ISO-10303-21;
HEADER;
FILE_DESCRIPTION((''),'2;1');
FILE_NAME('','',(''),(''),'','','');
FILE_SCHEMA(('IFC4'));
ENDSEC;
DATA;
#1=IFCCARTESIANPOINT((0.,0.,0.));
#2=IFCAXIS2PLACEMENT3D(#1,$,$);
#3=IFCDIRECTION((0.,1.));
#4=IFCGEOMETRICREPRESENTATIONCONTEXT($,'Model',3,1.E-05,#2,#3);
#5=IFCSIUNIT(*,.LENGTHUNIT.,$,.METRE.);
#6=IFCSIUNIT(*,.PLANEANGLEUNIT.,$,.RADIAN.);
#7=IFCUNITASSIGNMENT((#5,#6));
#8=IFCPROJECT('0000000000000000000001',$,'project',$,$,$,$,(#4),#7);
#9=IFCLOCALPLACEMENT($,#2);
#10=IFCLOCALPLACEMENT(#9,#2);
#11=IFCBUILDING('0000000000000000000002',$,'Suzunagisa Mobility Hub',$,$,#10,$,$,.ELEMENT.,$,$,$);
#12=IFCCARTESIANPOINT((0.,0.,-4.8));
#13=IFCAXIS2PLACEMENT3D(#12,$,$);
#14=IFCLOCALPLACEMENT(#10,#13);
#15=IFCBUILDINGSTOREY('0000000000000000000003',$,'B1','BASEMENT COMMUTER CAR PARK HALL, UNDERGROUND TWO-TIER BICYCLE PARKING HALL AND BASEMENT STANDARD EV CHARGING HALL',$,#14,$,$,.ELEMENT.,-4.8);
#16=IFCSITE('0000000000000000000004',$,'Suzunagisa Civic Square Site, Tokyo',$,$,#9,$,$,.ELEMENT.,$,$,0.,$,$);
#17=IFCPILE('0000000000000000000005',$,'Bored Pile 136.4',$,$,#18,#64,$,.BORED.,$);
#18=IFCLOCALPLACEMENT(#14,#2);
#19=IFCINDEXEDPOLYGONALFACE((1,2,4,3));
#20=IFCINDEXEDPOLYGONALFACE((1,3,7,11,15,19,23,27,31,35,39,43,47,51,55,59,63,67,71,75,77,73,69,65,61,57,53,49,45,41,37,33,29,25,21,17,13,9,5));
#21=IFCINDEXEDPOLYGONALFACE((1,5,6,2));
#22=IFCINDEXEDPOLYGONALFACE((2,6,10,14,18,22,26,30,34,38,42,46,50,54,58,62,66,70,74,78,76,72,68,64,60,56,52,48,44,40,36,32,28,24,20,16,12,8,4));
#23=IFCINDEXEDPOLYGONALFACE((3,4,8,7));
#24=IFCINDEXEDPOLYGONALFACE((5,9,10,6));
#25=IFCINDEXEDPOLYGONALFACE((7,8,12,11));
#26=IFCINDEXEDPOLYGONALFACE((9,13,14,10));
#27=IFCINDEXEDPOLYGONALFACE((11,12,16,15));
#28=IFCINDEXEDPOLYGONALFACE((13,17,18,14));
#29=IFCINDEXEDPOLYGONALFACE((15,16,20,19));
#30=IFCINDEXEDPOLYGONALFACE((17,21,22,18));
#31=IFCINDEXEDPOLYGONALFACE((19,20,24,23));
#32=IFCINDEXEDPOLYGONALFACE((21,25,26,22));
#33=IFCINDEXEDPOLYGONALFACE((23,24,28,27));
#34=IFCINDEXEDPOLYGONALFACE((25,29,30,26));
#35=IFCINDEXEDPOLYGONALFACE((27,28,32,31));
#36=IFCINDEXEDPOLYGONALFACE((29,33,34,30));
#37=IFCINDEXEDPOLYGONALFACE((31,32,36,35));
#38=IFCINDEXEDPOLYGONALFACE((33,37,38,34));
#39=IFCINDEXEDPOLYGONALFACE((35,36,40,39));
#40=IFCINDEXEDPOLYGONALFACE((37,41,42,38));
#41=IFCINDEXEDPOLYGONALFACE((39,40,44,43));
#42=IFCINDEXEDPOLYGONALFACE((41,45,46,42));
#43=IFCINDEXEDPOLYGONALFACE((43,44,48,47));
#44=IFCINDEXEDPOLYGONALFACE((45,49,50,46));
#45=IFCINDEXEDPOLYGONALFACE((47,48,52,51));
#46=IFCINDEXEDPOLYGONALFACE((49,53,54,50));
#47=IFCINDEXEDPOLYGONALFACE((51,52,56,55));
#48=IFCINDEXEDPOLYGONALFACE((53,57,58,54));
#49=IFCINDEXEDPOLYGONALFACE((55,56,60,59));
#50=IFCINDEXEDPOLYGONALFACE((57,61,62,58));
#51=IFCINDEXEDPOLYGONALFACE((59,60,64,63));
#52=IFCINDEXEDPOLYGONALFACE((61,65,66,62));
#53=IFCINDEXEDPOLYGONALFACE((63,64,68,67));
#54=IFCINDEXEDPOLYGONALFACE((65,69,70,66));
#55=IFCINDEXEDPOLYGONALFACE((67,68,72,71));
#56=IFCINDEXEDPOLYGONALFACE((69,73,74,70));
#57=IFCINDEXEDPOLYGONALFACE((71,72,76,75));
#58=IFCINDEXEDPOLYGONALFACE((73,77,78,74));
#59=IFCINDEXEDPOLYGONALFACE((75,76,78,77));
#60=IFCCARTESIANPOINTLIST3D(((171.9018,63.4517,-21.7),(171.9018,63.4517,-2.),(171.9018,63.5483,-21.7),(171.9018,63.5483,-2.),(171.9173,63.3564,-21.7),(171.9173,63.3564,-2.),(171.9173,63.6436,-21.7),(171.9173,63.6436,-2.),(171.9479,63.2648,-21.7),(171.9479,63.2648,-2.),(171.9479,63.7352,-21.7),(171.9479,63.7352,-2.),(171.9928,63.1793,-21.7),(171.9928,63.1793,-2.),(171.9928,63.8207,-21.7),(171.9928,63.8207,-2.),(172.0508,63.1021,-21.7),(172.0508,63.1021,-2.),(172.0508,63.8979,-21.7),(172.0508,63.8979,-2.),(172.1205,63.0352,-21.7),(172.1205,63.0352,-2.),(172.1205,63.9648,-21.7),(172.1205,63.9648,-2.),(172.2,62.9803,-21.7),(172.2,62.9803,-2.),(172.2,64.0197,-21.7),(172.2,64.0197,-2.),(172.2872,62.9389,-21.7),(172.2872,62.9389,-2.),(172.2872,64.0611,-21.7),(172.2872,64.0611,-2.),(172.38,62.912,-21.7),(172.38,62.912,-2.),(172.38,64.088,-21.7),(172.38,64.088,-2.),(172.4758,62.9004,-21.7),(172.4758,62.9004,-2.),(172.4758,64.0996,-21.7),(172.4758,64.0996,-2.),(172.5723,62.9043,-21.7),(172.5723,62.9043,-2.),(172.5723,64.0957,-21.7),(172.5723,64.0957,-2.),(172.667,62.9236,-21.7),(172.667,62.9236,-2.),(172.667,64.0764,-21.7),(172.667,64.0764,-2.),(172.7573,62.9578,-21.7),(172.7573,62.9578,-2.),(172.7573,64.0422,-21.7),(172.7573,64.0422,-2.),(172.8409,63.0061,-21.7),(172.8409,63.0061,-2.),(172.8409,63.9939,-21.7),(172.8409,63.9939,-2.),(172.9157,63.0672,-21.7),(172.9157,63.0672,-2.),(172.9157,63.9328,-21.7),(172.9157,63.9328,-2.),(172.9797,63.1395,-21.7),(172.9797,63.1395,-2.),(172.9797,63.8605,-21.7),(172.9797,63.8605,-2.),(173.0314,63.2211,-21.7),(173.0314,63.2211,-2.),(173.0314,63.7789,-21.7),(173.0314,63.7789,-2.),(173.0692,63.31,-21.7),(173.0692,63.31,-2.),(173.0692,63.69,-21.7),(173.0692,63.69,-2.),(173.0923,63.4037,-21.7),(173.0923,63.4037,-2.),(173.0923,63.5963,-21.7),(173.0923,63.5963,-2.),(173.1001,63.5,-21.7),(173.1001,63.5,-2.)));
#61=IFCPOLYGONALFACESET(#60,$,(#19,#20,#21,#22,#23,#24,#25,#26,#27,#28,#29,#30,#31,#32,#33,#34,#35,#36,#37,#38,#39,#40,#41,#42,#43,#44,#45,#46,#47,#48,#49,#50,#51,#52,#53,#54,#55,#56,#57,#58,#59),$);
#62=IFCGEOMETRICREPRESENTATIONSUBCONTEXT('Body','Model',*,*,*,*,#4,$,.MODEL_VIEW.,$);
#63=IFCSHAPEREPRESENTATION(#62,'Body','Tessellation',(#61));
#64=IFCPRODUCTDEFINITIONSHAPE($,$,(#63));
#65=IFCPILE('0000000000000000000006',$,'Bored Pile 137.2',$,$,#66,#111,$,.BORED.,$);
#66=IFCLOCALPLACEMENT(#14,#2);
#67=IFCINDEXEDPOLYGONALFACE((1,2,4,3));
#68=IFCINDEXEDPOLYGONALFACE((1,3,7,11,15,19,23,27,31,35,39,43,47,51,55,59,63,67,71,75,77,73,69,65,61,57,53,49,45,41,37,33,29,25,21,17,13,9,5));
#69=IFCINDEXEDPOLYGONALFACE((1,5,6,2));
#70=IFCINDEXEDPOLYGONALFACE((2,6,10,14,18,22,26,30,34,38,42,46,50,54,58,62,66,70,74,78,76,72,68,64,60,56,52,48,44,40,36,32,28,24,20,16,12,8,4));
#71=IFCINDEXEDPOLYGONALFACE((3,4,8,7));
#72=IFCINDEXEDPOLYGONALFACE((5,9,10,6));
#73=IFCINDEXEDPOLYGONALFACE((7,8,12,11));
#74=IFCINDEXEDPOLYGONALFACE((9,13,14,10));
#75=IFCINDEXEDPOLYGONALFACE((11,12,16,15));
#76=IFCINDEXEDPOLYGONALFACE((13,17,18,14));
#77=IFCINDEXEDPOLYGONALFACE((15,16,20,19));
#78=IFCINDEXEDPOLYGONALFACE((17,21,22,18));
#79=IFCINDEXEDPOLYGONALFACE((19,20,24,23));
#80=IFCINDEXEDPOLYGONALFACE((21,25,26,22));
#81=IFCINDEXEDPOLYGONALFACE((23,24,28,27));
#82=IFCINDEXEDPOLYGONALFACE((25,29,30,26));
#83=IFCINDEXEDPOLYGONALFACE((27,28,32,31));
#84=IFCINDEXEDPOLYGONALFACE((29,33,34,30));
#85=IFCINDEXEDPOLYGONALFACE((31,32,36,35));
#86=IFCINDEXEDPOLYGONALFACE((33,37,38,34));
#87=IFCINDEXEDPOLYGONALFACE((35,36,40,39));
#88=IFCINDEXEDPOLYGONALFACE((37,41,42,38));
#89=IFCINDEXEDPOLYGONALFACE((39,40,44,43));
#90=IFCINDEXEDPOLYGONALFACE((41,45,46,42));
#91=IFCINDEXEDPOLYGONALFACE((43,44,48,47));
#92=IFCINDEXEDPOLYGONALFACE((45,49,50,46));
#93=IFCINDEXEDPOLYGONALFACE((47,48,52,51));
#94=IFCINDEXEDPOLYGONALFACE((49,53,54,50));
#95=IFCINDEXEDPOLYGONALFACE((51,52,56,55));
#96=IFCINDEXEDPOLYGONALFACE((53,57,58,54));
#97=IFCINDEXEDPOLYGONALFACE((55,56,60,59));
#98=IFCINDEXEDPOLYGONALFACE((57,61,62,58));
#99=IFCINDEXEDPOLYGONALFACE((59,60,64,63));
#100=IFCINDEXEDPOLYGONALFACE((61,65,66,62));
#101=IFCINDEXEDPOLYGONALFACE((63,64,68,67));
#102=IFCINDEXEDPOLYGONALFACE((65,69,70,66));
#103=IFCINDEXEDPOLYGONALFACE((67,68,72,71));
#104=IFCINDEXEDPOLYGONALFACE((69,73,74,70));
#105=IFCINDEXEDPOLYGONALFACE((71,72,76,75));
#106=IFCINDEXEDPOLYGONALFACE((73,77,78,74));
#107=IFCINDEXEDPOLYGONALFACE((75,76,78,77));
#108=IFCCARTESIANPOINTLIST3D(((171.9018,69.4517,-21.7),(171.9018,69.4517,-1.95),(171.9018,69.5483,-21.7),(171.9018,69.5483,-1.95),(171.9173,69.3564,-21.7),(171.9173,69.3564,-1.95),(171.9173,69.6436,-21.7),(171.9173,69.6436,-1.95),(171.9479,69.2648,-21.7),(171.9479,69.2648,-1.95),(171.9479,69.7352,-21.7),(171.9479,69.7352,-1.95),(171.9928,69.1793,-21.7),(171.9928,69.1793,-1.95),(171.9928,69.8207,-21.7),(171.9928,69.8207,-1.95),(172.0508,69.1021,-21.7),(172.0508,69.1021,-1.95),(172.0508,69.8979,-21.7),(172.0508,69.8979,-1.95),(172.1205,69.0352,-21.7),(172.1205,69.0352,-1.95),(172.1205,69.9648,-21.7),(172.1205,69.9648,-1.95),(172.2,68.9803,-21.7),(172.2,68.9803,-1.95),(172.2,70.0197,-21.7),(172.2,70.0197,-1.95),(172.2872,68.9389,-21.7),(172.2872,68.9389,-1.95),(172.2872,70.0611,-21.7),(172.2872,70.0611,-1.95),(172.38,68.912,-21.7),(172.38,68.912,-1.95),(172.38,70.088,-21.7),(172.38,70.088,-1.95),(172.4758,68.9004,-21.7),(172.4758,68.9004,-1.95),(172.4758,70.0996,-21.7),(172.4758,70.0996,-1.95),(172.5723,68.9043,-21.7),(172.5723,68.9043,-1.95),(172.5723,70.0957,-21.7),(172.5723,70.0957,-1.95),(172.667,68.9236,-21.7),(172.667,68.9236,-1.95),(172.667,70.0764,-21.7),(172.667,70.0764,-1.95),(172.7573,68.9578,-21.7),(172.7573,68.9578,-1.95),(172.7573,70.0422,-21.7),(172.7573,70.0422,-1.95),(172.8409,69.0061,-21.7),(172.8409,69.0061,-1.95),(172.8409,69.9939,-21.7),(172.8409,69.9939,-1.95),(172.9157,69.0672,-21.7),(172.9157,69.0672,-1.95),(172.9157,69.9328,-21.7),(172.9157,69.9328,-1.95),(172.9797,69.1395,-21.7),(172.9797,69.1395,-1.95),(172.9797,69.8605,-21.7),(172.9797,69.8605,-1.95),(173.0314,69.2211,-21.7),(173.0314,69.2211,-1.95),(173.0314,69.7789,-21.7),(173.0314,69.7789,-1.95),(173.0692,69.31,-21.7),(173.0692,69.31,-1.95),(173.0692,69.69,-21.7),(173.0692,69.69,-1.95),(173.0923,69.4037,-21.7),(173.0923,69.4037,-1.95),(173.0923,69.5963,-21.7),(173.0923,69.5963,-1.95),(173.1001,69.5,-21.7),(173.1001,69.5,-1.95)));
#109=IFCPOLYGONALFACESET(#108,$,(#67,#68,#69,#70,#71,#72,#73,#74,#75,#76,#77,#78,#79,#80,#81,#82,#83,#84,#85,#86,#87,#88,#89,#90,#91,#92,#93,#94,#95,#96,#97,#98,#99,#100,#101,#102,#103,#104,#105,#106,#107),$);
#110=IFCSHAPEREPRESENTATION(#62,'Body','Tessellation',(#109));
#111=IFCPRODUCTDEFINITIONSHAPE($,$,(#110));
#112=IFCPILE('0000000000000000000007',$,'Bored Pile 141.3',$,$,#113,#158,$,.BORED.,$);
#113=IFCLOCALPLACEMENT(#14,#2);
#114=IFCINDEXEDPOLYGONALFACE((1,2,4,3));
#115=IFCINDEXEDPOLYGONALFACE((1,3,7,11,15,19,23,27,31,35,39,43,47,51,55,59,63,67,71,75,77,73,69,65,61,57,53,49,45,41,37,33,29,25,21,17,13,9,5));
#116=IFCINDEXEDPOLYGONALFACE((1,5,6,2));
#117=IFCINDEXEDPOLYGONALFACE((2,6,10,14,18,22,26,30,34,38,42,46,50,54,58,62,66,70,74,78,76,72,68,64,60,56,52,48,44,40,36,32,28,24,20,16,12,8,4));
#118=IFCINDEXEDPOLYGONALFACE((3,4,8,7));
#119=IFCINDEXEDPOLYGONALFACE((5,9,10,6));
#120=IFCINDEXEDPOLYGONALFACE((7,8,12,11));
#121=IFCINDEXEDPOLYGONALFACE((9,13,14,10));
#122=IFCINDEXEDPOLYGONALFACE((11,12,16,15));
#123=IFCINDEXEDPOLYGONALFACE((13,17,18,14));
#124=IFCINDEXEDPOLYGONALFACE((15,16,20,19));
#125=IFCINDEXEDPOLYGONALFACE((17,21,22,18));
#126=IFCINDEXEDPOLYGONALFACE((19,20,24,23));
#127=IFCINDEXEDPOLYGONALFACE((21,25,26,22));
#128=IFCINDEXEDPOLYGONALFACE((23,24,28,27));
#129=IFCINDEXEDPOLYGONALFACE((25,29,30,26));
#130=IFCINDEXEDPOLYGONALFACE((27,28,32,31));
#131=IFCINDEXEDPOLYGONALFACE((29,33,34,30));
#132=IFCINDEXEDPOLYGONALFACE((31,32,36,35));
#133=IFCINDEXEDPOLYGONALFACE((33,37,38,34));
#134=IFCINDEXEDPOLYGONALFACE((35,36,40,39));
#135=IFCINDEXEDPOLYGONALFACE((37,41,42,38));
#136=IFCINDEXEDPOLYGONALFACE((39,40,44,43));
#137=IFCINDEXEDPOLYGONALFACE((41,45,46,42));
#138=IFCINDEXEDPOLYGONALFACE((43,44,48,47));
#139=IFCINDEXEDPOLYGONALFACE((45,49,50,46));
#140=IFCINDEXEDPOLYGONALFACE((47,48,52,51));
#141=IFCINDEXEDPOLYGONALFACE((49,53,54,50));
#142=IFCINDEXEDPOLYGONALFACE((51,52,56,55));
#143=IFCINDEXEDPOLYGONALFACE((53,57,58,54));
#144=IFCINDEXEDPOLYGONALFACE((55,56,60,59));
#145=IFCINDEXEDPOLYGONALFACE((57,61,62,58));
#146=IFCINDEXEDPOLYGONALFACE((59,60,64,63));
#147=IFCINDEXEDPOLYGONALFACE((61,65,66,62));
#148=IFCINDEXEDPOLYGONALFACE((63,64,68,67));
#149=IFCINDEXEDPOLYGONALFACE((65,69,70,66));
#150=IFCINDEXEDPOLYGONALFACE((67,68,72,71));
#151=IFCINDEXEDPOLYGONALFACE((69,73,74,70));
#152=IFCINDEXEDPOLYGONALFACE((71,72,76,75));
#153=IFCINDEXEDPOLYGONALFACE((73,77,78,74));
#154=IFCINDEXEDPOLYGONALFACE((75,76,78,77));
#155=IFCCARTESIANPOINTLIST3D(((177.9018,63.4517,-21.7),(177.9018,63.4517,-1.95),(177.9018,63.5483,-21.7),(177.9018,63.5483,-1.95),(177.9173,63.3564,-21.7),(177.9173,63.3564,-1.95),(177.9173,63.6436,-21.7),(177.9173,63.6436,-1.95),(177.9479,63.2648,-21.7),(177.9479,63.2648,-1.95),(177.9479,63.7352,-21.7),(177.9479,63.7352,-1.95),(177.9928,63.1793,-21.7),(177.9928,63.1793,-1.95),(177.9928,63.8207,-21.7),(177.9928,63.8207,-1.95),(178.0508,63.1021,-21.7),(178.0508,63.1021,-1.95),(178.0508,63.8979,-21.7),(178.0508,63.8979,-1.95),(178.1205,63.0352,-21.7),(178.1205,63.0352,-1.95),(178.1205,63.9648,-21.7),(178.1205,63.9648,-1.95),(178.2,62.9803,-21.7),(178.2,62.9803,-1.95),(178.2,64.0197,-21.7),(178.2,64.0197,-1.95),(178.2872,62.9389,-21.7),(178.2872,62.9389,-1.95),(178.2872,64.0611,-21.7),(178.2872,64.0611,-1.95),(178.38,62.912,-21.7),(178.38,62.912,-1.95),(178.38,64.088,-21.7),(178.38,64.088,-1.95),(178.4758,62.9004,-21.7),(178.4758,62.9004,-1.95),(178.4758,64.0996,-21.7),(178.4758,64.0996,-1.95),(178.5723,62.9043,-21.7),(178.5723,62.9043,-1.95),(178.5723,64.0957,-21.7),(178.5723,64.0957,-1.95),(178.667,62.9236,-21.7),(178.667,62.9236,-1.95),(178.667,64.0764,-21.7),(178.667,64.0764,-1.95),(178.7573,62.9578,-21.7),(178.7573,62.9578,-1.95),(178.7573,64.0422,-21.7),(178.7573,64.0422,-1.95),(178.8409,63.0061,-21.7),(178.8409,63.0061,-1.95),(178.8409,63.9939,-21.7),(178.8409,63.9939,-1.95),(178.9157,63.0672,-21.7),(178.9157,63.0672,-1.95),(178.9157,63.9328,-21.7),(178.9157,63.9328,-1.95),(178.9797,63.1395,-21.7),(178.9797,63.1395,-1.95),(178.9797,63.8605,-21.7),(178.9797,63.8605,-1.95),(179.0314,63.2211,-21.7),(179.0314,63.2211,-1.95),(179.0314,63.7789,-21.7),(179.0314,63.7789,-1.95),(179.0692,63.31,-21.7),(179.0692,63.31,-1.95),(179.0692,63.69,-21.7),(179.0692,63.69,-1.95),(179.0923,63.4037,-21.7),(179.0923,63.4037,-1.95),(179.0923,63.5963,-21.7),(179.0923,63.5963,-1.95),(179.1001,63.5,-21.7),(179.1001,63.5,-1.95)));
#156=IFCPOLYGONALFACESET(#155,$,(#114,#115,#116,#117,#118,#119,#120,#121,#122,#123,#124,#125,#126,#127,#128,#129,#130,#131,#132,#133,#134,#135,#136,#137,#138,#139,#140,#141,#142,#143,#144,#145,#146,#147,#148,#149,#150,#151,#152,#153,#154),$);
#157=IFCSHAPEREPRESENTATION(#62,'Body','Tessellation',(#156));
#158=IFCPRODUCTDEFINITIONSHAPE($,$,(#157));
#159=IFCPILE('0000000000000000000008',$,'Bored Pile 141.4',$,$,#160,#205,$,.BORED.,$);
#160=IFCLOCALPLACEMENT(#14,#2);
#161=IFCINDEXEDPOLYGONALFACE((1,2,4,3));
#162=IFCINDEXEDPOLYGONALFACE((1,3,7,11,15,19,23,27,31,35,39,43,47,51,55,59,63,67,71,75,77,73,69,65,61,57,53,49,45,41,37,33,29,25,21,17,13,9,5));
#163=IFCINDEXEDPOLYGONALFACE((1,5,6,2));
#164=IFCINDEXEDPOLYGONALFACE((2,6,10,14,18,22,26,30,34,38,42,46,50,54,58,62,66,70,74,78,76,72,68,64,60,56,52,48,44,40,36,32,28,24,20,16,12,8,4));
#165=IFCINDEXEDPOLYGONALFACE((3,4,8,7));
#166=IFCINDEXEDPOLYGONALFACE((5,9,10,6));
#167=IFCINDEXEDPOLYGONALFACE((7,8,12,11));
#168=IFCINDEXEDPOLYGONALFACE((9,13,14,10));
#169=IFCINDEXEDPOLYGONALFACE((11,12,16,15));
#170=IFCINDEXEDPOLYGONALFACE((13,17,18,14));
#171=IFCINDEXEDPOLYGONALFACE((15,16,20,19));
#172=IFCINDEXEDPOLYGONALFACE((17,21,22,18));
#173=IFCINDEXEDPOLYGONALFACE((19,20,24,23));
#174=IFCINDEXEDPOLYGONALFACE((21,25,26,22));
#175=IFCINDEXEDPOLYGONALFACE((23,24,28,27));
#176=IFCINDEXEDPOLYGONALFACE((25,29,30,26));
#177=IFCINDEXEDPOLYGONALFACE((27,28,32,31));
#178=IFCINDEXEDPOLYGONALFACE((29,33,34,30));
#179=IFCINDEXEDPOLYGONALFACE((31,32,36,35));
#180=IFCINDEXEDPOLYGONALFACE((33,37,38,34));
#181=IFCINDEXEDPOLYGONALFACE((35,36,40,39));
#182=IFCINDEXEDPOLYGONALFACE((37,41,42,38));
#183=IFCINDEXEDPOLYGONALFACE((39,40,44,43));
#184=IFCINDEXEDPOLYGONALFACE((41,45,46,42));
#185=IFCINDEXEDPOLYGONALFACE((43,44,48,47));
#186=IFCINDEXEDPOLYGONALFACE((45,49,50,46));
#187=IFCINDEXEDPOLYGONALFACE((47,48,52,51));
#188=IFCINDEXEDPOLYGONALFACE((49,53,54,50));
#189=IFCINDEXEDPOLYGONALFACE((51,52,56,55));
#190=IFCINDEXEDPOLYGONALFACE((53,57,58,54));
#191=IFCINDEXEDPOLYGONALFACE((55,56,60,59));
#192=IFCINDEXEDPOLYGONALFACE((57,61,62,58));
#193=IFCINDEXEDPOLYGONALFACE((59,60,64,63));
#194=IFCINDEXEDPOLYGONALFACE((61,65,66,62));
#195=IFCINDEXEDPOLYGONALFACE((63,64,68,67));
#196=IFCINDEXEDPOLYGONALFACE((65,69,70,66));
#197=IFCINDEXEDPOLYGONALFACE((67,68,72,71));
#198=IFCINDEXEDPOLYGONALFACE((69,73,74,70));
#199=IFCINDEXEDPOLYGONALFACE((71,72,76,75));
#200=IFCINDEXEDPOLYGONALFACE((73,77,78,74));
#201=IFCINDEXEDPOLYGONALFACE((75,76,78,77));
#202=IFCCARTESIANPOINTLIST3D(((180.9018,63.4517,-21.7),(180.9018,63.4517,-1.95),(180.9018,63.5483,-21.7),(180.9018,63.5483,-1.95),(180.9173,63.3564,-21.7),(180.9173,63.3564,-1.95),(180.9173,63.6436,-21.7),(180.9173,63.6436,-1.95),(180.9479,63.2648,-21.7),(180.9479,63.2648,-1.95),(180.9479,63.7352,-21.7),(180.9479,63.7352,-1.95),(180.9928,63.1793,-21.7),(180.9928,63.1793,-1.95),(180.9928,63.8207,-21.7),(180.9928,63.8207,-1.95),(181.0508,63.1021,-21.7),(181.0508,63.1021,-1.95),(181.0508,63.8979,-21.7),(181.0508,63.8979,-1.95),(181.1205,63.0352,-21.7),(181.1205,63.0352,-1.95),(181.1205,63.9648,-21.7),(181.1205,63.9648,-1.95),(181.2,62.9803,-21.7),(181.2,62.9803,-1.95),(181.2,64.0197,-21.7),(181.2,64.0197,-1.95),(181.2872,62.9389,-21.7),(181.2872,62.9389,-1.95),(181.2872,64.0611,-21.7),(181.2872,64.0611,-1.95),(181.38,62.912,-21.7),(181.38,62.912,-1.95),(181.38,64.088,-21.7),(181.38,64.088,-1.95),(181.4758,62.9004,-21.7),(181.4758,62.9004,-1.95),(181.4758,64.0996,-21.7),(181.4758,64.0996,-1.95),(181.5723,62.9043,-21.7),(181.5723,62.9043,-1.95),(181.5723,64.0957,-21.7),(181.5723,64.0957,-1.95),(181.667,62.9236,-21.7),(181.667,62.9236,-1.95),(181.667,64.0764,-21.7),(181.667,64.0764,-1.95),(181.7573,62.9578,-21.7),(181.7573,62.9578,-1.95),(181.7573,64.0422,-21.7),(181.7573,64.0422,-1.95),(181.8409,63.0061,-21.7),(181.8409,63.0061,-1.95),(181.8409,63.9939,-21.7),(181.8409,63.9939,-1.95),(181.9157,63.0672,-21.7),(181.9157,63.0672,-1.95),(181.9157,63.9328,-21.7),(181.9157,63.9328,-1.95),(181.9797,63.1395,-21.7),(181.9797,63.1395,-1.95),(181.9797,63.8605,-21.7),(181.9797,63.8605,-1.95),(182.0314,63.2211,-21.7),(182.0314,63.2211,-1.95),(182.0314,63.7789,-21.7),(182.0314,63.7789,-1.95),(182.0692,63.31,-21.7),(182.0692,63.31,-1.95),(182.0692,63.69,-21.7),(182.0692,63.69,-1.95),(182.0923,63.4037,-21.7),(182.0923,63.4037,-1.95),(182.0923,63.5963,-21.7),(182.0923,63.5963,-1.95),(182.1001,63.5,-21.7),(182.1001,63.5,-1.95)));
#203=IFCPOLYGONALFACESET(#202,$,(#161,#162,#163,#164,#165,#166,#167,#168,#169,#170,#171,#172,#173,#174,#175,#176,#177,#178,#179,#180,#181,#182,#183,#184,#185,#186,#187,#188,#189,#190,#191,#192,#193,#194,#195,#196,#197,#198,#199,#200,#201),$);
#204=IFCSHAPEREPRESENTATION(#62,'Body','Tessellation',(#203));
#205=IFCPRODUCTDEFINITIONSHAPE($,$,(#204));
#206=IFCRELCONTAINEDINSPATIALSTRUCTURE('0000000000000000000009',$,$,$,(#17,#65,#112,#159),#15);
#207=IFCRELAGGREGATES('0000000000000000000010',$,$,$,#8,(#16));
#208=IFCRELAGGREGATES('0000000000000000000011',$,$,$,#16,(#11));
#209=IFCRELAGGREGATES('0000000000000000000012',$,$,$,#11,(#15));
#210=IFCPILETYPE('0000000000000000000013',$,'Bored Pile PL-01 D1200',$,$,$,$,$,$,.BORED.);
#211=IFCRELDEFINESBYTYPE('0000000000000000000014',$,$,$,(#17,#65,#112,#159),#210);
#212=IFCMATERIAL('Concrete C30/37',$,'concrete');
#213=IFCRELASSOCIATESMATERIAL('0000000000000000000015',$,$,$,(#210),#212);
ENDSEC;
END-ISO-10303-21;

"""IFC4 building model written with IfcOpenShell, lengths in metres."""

from ifc_helpers import new_model, si_unit, direction, frame, origin, origin_2d, place, context, subcontext, project, spatial, circle, extrude, material, material_profile, profile_set, type_object, element, save


model = new_model("IFC4")

# Units and contexts
model_context = context("Model", 3, precision=1e-05, world=origin(), true_north=direction((0.0, 1.0)))
body_context = subcontext(model_context, "Body", "Model", "MODEL_VIEW")
ifc_project = project(units=[si_unit("LENGTHUNIT", "METRE"), si_unit("PLANEANGLEUNIT", "RADIAN")], contexts=[model_context])

# Site, building, storey
site_placement = place(None, origin())
site = spatial("IfcSite", under=ifc_project, at=site_placement, Name="Suzunagisa Civic Square Site, Tokyo", CompositionType="ELEMENT", RefElevation=0.0)
building_placement = place(site_placement, origin())
building = spatial("IfcBuilding", under=site, at=building_placement, Name="Suzunagisa Mobility Hub", CompositionType="ELEMENT")
storey_placement = place(building_placement, frame((0.0, 0.0, -4.8)))
storey = spatial("IfcBuildingStorey", under=building, at=storey_placement, Name="B1", Description="BASEMENT COMMUTER CAR PARK HALL, UNDERGROUND TWO-TIER BICYCLE PARKING HALL AND BASEMENT STANDARD EV CHARGING HALL", CompositionType="ELEMENT", Elevation=-4.8)

# Piles
ifc_material_1 = material(Name="Concrete C30/37", Category="concrete")
ifc_material_profile_1 = material_profile(ifc_material_1, circle(Radius=0.6001, at=origin_2d()), Name="BORED PILE D1200")
ifc_profile_set_1 = profile_set([ifc_material_profile_1], Name="Concrete C30/37")
pile_type = type_object("IfcPileType", Name="Bored Pile PL-01 D1200", PredefinedType="BORED", material=ifc_profile_set_1)
pile_placement = place(storey_placement, frame((172.5, 63.5, -2.0), z_axis=(0.0, 0.0, -1.0), x_axis=(1.0, 0.0, 0.0)))
element("IfcPile", 1, at=pile_placement, inside=storey, type_object=pile_type, Name="Bored Pile 136.4", PredefinedType="BORED", context=body_context, shape_type="SweptSolid", body=[
    extrude(circle(Radius=0.6001, at=origin_2d()), origin(), (0.0, 0.0, 1.0), 19.7),
])
for number, where, z_axis, x_axis, name in (
    (2, (172.5, 69.5, -1.95), (0.0, 0.0, -1.0), (1.0, 0.0, 0.0), "Bored Pile 137.2"),
    (3, (178.5, 63.5, -1.95), (0.0, 0.0, -1.0), (1.0, 0.0, 0.0), "Bored Pile 141.3"),
    (4, (181.5, 63.5, -1.95), (0.0, 0.0, -1.0), (1.0, 0.0, 0.0), "Bored Pile 141.4"),
):
    element("IfcPile", number, at=place(storey_placement, frame(where, z_axis=z_axis, x_axis=x_axis)), inside=storey, type_object=pile_type, Name=name, PredefinedType="BORED", context=body_context, shape_type="SweptSolid", body=[
        extrude(circle(Radius=0.6001, at=origin_2d()), origin(), (0.0, 0.0, 1.0), 19.75),
    ])

save(model, "model.ifc")
